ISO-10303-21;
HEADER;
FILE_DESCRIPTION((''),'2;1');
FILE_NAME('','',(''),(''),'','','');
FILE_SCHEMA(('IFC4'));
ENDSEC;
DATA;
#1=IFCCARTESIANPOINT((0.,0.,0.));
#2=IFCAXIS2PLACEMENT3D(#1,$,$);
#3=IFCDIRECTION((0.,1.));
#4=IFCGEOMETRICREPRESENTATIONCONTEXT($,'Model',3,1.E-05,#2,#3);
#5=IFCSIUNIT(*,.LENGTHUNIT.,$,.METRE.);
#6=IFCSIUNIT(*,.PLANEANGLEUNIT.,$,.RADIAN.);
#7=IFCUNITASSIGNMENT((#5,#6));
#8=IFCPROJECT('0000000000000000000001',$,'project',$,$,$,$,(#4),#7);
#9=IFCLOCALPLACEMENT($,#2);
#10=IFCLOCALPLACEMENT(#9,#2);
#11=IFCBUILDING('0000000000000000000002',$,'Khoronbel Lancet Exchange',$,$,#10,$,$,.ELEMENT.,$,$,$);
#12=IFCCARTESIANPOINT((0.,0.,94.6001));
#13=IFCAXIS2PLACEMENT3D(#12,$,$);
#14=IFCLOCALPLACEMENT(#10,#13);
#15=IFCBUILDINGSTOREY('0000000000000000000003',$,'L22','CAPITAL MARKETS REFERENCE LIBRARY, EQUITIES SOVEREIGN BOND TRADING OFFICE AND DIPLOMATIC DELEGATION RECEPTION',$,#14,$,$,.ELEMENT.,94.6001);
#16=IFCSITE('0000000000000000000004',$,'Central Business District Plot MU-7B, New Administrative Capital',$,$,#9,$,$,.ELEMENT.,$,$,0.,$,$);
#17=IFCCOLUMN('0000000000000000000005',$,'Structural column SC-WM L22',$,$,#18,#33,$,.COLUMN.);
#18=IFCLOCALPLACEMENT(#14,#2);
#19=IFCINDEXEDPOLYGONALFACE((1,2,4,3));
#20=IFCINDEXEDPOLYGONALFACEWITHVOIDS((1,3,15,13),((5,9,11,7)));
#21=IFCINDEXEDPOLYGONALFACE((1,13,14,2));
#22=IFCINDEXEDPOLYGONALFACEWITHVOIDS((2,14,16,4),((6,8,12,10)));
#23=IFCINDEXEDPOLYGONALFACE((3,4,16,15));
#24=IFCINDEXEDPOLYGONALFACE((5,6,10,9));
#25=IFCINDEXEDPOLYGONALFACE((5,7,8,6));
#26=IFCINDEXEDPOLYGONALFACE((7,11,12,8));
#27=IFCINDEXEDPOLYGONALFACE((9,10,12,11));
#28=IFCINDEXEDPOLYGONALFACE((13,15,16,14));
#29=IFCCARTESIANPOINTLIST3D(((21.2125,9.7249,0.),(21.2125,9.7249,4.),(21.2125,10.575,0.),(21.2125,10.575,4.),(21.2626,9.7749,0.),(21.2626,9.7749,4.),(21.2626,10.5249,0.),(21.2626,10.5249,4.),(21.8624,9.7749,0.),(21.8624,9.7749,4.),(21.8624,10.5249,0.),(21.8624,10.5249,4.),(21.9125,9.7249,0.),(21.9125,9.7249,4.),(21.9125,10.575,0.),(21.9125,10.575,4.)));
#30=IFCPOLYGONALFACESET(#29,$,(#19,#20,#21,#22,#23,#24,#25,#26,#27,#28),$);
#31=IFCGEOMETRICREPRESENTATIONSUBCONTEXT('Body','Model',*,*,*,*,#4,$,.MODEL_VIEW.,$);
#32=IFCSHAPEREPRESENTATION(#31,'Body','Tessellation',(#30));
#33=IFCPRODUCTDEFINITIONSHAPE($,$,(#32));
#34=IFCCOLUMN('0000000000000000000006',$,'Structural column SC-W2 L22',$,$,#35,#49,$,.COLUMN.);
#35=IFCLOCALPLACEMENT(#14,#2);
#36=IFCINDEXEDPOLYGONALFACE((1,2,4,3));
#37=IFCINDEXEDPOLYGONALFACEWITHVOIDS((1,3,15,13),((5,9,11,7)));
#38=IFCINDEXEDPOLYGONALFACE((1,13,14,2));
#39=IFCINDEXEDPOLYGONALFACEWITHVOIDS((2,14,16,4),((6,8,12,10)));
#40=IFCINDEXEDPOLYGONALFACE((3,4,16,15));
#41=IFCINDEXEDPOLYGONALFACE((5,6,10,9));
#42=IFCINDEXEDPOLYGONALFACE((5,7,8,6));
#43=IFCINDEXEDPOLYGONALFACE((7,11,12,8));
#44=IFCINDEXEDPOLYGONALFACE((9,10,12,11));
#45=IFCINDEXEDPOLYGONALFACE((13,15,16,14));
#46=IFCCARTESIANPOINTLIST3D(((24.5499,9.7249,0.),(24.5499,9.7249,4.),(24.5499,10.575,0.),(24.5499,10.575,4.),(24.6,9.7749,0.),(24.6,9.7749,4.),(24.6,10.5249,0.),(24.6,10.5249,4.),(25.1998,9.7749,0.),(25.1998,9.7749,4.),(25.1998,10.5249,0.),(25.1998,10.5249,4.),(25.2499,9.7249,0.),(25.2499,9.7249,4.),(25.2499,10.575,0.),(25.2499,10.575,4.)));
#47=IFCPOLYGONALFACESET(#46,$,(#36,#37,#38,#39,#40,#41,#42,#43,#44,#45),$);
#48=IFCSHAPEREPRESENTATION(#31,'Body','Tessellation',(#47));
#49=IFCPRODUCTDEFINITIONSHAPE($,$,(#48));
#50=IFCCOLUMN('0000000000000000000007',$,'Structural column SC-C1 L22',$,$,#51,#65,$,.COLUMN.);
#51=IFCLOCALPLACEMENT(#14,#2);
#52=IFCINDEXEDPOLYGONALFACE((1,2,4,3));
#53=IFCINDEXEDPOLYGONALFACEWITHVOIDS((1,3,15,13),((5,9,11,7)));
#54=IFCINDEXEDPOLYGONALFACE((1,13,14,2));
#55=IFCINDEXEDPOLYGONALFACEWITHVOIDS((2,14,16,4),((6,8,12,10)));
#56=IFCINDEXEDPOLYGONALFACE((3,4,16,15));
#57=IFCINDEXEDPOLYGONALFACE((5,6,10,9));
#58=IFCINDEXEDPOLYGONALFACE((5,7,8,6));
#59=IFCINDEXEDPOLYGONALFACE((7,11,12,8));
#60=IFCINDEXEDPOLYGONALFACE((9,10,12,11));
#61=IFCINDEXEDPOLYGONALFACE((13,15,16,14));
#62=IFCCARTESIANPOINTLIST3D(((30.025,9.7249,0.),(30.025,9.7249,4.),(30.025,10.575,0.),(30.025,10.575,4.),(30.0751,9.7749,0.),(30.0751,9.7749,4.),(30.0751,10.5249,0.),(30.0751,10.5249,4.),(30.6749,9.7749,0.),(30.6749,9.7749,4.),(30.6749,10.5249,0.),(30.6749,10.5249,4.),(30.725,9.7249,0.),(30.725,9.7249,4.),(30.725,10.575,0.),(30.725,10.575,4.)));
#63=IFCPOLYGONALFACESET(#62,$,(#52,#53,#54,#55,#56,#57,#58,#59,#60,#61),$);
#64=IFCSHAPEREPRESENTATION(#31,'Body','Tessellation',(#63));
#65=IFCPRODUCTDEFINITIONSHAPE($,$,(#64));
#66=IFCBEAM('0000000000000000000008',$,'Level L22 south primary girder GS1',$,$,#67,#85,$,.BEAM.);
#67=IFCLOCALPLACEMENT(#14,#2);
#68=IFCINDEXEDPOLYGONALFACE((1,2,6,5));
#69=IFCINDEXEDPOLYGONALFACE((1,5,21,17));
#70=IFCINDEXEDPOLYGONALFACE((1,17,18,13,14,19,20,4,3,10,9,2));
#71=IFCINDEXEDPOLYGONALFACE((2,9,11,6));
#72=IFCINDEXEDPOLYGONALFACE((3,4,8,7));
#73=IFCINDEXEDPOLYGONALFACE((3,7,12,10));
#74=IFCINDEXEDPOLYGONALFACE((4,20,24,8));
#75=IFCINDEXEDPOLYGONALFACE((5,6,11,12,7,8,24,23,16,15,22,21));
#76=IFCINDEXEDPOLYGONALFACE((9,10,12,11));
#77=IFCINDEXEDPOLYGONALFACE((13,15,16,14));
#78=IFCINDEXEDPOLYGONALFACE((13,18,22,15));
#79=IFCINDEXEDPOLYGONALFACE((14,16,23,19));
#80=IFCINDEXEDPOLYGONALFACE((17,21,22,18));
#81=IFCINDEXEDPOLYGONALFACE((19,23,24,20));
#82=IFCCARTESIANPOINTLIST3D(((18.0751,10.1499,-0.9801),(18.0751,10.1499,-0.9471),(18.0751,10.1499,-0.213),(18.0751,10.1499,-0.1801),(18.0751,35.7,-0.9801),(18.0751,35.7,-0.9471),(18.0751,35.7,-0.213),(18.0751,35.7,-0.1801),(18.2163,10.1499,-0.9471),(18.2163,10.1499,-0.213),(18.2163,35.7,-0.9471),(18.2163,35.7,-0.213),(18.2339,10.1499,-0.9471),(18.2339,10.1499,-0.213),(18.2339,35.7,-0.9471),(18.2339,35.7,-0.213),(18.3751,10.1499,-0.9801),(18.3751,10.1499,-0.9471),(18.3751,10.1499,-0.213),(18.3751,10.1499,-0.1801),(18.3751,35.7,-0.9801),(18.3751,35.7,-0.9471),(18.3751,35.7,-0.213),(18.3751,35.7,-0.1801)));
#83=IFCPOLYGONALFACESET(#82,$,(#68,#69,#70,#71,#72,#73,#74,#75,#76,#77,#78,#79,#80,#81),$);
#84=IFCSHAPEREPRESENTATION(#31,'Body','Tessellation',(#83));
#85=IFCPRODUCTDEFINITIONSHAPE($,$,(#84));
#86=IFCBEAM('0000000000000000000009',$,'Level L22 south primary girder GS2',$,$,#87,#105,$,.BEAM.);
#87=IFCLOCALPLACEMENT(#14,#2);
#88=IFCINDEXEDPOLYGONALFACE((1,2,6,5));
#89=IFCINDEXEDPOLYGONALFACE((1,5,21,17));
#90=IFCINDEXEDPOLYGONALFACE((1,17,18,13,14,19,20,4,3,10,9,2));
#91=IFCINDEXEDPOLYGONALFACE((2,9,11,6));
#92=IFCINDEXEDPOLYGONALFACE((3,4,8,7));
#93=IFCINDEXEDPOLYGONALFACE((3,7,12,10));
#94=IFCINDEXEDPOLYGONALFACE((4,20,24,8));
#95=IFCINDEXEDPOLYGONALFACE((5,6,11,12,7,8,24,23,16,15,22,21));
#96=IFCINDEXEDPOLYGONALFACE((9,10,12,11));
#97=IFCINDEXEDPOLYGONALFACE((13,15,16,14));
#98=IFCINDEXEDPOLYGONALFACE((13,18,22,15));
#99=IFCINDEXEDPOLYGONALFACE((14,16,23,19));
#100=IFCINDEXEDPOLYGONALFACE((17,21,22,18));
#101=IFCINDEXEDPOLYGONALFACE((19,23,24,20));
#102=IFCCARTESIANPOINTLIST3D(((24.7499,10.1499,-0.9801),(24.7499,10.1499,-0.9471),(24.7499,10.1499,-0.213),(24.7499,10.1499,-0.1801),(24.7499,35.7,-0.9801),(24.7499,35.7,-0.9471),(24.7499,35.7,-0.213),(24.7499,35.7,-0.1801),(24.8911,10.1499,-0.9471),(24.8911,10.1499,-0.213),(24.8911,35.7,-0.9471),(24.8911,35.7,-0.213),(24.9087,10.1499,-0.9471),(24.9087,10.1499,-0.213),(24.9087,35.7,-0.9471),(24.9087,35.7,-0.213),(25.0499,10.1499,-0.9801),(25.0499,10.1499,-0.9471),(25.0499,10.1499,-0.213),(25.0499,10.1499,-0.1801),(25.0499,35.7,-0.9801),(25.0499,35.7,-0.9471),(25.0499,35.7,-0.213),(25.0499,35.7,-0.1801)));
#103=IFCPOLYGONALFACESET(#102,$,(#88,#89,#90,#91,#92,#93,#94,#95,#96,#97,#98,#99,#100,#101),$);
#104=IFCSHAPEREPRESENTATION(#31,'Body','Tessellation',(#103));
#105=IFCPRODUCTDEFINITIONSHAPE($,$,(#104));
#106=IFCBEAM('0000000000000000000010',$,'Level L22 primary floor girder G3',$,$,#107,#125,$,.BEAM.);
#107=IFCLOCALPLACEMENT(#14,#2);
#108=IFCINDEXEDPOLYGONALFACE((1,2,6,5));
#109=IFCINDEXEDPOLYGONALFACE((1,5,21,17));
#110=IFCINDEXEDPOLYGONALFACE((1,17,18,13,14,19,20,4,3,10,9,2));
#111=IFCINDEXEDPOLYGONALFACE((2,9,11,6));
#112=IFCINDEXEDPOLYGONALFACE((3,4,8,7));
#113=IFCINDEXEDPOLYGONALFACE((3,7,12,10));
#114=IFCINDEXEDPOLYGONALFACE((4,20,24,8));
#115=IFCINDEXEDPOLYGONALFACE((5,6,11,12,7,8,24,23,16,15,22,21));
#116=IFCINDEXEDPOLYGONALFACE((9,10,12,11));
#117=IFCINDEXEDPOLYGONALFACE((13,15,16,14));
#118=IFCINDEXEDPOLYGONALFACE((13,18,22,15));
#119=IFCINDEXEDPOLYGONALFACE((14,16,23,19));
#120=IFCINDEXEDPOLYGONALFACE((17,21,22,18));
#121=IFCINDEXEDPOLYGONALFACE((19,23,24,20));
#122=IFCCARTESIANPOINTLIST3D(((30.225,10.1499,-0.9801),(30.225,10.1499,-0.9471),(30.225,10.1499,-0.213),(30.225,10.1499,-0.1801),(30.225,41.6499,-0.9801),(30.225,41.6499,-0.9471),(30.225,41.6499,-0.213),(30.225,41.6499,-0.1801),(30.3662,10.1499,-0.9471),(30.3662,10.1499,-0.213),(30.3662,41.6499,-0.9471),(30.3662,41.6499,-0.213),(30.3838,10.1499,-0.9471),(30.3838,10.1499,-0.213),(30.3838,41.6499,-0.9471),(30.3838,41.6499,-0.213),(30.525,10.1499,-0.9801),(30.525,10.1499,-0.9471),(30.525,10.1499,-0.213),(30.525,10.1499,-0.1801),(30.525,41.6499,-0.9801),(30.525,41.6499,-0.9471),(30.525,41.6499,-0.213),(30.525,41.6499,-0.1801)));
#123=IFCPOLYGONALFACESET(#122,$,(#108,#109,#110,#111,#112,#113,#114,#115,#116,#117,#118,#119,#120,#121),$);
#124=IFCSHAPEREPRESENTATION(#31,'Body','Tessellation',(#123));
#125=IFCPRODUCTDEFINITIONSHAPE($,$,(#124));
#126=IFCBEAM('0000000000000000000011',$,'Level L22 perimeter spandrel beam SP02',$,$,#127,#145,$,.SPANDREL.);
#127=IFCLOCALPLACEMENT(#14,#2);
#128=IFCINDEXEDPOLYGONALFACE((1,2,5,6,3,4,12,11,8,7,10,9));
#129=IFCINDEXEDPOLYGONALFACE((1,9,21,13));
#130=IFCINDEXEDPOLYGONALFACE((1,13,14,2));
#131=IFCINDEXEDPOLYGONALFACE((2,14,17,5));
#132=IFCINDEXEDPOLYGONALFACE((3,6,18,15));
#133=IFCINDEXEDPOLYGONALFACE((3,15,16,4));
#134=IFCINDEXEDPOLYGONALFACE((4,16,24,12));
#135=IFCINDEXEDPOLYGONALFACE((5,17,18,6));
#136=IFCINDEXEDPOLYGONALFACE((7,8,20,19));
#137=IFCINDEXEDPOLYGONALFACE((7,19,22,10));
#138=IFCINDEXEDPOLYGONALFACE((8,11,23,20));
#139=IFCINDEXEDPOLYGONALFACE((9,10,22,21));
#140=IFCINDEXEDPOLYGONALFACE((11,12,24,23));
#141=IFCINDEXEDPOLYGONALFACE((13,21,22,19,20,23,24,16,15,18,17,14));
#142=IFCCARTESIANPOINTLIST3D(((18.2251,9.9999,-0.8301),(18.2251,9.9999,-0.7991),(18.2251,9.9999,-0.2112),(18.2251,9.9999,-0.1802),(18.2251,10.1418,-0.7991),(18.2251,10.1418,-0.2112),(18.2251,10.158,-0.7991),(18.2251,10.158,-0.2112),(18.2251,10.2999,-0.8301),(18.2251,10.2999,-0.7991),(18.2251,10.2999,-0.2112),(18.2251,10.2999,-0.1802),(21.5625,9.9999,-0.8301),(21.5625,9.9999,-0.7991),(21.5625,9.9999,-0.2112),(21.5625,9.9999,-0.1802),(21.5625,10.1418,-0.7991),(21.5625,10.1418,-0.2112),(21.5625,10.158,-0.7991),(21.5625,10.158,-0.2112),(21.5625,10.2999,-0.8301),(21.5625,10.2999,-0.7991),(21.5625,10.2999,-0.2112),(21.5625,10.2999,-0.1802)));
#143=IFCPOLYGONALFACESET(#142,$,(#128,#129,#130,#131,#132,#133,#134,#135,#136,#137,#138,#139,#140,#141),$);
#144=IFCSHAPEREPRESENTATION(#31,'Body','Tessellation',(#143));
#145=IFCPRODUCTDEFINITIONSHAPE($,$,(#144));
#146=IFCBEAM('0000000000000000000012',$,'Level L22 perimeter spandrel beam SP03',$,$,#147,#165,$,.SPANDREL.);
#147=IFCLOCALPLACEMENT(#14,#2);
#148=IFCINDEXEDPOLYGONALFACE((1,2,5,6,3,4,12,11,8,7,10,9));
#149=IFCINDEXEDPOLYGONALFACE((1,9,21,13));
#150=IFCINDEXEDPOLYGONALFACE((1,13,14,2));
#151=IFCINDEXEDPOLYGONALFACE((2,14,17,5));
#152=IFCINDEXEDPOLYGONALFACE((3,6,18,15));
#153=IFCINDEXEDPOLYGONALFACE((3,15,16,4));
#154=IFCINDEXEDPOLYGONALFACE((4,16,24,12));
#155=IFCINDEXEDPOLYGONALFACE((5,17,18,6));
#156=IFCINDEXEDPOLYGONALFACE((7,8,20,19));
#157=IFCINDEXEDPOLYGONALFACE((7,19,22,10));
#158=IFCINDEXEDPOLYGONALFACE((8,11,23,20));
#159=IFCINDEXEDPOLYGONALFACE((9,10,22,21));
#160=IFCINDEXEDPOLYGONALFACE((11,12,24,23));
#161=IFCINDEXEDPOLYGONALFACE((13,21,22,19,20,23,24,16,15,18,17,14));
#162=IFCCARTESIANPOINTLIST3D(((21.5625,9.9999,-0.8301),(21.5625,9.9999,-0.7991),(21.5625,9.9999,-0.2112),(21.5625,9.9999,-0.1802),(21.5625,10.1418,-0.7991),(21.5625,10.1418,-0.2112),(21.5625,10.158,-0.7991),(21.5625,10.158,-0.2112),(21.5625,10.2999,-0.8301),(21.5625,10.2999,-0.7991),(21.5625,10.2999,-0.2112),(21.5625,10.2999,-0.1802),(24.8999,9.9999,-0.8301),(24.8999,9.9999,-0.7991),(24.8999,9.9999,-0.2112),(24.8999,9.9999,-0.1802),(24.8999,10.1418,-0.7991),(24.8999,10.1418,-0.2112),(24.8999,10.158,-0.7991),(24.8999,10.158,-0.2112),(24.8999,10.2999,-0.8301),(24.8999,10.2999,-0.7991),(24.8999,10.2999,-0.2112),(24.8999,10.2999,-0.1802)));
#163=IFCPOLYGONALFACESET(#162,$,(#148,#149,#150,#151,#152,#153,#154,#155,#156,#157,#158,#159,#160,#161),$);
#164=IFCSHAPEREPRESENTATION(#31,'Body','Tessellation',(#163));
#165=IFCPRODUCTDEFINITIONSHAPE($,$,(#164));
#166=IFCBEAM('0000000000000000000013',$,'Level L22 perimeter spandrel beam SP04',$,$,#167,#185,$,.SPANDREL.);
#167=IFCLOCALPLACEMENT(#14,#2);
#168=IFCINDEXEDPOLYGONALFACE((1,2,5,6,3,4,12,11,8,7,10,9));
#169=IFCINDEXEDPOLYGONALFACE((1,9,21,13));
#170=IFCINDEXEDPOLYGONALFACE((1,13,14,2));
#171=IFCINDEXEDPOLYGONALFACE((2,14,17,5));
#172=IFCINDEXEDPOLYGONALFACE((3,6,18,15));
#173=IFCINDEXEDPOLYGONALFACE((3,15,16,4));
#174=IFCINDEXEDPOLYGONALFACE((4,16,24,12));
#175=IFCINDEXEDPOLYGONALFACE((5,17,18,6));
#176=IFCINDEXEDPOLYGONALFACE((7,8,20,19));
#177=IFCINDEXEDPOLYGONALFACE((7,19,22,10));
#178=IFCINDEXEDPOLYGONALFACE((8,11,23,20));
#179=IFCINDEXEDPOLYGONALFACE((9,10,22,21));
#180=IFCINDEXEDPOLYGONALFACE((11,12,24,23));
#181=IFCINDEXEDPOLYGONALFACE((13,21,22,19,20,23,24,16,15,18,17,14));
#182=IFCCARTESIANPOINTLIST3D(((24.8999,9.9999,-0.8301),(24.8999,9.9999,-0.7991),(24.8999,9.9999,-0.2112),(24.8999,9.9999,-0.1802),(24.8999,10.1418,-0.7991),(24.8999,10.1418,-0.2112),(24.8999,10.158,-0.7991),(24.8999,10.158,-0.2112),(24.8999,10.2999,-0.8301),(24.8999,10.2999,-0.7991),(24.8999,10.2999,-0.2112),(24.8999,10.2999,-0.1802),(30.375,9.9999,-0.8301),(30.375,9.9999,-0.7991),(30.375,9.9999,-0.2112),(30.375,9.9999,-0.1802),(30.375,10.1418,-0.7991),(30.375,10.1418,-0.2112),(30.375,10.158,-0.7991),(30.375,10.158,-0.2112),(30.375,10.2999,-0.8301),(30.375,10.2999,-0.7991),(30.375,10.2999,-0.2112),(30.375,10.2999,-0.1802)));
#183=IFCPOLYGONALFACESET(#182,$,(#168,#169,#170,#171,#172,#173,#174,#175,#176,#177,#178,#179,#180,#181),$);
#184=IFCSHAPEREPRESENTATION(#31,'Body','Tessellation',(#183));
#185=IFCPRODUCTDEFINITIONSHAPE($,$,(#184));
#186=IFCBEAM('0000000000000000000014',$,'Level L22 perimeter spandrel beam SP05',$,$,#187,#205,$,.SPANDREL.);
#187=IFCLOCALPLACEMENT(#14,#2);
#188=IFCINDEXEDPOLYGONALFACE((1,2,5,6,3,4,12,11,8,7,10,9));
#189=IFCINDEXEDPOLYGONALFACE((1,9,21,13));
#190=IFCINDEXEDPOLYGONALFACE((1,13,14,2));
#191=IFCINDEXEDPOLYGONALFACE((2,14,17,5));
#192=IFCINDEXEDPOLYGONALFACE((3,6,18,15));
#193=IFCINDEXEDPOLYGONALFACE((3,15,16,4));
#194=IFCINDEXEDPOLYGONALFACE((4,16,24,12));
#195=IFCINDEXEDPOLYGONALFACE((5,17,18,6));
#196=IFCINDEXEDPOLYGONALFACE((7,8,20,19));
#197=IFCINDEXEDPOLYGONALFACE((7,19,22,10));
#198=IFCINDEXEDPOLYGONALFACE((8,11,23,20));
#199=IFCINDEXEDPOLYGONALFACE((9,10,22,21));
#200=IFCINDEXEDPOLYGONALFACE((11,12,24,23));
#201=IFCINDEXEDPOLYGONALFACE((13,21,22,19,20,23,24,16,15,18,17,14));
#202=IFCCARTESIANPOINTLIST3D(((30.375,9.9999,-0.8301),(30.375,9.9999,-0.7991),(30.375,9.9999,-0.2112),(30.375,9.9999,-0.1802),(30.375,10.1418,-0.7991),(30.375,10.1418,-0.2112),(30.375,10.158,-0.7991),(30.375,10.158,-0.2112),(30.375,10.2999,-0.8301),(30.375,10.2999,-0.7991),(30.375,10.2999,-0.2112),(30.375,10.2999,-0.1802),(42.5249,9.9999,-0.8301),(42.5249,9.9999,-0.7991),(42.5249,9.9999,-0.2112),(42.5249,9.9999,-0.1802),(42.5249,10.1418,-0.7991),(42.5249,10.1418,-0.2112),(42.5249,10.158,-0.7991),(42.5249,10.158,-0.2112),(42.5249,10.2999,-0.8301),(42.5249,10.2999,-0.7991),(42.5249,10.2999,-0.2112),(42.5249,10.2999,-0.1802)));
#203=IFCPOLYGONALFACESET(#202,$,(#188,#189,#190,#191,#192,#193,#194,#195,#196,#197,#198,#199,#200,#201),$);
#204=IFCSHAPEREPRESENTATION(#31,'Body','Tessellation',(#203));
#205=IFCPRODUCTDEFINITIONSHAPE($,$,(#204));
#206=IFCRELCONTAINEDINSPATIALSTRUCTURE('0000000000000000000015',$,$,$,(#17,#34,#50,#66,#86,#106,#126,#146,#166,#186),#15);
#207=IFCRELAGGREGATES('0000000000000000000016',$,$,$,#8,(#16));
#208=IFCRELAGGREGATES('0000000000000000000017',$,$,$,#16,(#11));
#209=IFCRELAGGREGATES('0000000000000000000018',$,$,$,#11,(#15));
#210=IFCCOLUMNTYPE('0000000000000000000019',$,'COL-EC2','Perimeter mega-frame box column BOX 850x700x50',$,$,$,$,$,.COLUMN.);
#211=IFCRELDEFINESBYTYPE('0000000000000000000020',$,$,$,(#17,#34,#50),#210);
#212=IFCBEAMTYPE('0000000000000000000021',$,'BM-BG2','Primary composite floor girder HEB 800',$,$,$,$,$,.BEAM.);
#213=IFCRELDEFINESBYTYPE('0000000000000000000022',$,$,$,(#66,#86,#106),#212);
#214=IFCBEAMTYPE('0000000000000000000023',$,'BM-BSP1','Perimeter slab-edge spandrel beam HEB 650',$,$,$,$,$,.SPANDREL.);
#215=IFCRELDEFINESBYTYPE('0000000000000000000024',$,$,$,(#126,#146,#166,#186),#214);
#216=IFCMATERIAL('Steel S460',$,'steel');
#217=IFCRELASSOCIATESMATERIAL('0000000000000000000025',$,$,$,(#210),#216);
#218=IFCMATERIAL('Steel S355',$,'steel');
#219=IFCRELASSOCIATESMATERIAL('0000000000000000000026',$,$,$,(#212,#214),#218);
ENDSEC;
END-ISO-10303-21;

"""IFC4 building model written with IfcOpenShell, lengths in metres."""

from ifc_helpers import new_model, si_unit, direction, frame, origin, origin_2d, place, context, subcontext, project, spatial, hollow_rectangle, i_section, extrude, material, material_profile, profile_set, type_object, element, save


model = new_model("IFC4")

# Units and contexts
model_context = context("Model", 3, precision=1e-05, world=origin(), true_north=direction((0.0, 1.0)))
body_context = subcontext(model_context, "Body", "Model", "MODEL_VIEW")
ifc_project = project(units=[si_unit("LENGTHUNIT", "METRE"), si_unit("PLANEANGLEUNIT", "RADIAN")], contexts=[model_context])

# Site, building, storey
site_placement = place(None, origin())
site = spatial("IfcSite", under=ifc_project, at=site_placement, Name="Central Business District Plot MU-7B, New Administrative Capital", CompositionType="ELEMENT", RefElevation=0.0)
building_placement = place(site_placement, origin())
building = spatial("IfcBuilding", under=site, at=building_placement, Name="Khoronbel Lancet Exchange", CompositionType="ELEMENT")
storey_placement = place(building_placement, frame((0.0, 0.0, 94.6001)))
storey = spatial("IfcBuildingStorey", under=building, at=storey_placement, Name="L22", Description="CAPITAL MARKETS REFERENCE LIBRARY, EQUITIES SOVEREIGN BOND TRADING OFFICE AND DIPLOMATIC DELEGATION RECEPTION", CompositionType="ELEMENT", Elevation=94.6001)

# Columns
ifc_material_1 = material(Name="Steel S460", Category="steel")
ifc_material_profile_1 = material_profile(ifc_material_1, hollow_rectangle(XDim=0.7, YDim=0.8501, WallThickness=0.05, at=origin_2d()), Name="BOX 850x700x50")
ifc_profile_set_1 = profile_set([ifc_material_profile_1], Name="Steel S460")
column_type = type_object("IfcColumnType", Name="COL-EC2", Description="Perimeter mega-frame box column BOX 850x700x50", PredefinedType="COLUMN", material=ifc_profile_set_1)
for number, where, z_axis, x_axis, name in (
    (1, (21.5625, 10.1499, 0.0), (0.0, 0.0, 1.0), (1.0, 0.0, 0.0), "Structural column SC-WM L22"),
    (2, (24.8999, 10.1499, 0.0), (0.0, 0.0, 1.0), (1.0, 0.0, 0.0), "Structural column SC-W2 L22"),
    (3, (30.375, 10.1499, 0.0), (0.0, 0.0, 1.0), (1.0, 0.0, 0.0), "Structural column SC-C1 L22"),
):
    element("IfcColumn", number, at=place(storey_placement, frame(where, z_axis=z_axis, x_axis=x_axis)), inside=storey, type_object=column_type, Name=name, PredefinedType="COLUMN", context=body_context, shape_type="SweptSolid", body=[
        extrude(hollow_rectangle(XDim=0.7, YDim=0.8501, WallThickness=0.05, at=origin_2d()), origin(), (0.0, 0.0, 1.0), 4.0),
    ])

# Beams
ifc_material_2 = material(Name="Steel S355", Category="steel")
ifc_material_profile_2 = material_profile(ifc_material_2, i_section(OverallWidth=0.3, OverallDepth=0.8, WebThickness=0.0176, FlangeThickness=0.033, at=origin_2d()), Name="HEB 800")
ifc_profile_set_2 = profile_set([ifc_material_profile_2], Name="Steel S355")
beam_type_1 = type_object("IfcBeamType", Name="BM-BG2", Description="Primary composite floor girder HEB 800", PredefinedType="BEAM", material=ifc_profile_set_2)
for number, where, z_axis, x_axis, name in (
    (4, (18.2251, 10.1499, -0.5801), (0.0, 1.0, 0.0), (-1.0, 0.0, 0.0), "Level L22 south primary girder GS1"),
    (5, (24.8999, 10.1499, -0.5801), (0.0, 1.0, 0.0), (-1.0, 0.0, 0.0), "Level L22 south primary girder GS2"),
):
    element("IfcBeam", number, at=place(storey_placement, frame(where, z_axis=z_axis, x_axis=x_axis)), inside=storey, type_object=beam_type_1, Name=name, PredefinedType="BEAM", context=body_context, shape_type="SweptSolid", body=[
        extrude(i_section(OverallWidth=0.3, OverallDepth=0.8, WebThickness=0.0176, FlangeThickness=0.033, at=origin_2d()), origin(), (0.0, 0.0, 1.0), 25.55),
    ])
beam_1_placement = place(storey_placement, frame((30.375, 10.1499, -0.5801), z_axis=(0.0, 1.0, 0.0), x_axis=(-1.0, 0.0, 0.0)))
element("IfcBeam", 6, at=beam_1_placement, inside=storey, type_object=beam_type_1, Name="Level L22 primary floor girder G3", PredefinedType="BEAM", context=body_context, shape_type="SweptSolid", body=[
    extrude(i_section(OverallWidth=0.3, OverallDepth=0.8, WebThickness=0.0176, FlangeThickness=0.033, at=origin_2d()), origin(), (0.0, 0.0, 1.0), 31.5),
])
ifc_material_profile_3 = material_profile(ifc_material_2, i_section(OverallWidth=0.3, OverallDepth=0.6499, WebThickness=0.0161, FlangeThickness=0.031, at=origin_2d()), Name="HEB 650")
ifc_profile_set_3 = profile_set([ifc_material_profile_3], Name="Steel S355")
beam_type_2 = type_object("IfcBeamType", Name="BM-BSP1", Description="Perimeter slab-edge spandrel beam HEB 650", PredefinedType="SPANDREL", material=ifc_profile_set_3)
for number, where, z_axis, x_axis, name in (
    (7, (18.2251, 10.1499, -0.5051), (1.0, 0.0, 0.0), (0.0, 1.0, 0.0), "Level L22 perimeter spandrel beam SP02"),
    (8, (21.5625, 10.1499, -0.5051), (1.0, 0.0, 0.0), (0.0, 1.0, 0.0), "Level L22 perimeter spandrel beam SP03"),
):
    element("IfcBeam", number, at=place(storey_placement, frame(where, z_axis=z_axis, x_axis=x_axis)), inside=storey, type_object=beam_type_2, Name=name, PredefinedType="SPANDREL", context=body_context, shape_type="SweptSolid", body=[
        extrude(i_section(OverallWidth=0.3, OverallDepth=0.6499, WebThickness=0.0161, FlangeThickness=0.031, at=origin_2d()), origin(), (0.0, 0.0, 1.0), 3.3374),
    ])
beam_2_placement = place(storey_placement, frame((24.8999, 10.1499, -0.5051), z_axis=(1.0, 0.0, 0.0), x_axis=(0.0, 1.0, 0.0)))
element("IfcBeam", 9, at=beam_2_placement, inside=storey, type_object=beam_type_2, Name="Level L22 perimeter spandrel beam SP04", PredefinedType="SPANDREL", context=body_context, shape_type="SweptSolid", body=[
    extrude(i_section(OverallWidth=0.3, OverallDepth=0.6499, WebThickness=0.0161, FlangeThickness=0.031, at=origin_2d()), origin(), (0.0, 0.0, 1.0), 5.4751),
])
beam_3_placement = place(storey_placement, frame((30.375, 10.1499, -0.5051), z_axis=(1.0, 0.0, 0.0), x_axis=(0.0, 1.0, 0.0)))
element("IfcBeam", 10, at=beam_3_placement, inside=storey, type_object=beam_type_2, Name="Level L22 perimeter spandrel beam SP05", PredefinedType="SPANDREL", context=body_context, shape_type="SweptSolid", body=[
    extrude(i_section(OverallWidth=0.3, OverallDepth=0.6499, WebThickness=0.0161, FlangeThickness=0.031, at=origin_2d()), origin(), (0.0, 0.0, 1.0), 12.1499),
])

save(model, "model.ifc")
